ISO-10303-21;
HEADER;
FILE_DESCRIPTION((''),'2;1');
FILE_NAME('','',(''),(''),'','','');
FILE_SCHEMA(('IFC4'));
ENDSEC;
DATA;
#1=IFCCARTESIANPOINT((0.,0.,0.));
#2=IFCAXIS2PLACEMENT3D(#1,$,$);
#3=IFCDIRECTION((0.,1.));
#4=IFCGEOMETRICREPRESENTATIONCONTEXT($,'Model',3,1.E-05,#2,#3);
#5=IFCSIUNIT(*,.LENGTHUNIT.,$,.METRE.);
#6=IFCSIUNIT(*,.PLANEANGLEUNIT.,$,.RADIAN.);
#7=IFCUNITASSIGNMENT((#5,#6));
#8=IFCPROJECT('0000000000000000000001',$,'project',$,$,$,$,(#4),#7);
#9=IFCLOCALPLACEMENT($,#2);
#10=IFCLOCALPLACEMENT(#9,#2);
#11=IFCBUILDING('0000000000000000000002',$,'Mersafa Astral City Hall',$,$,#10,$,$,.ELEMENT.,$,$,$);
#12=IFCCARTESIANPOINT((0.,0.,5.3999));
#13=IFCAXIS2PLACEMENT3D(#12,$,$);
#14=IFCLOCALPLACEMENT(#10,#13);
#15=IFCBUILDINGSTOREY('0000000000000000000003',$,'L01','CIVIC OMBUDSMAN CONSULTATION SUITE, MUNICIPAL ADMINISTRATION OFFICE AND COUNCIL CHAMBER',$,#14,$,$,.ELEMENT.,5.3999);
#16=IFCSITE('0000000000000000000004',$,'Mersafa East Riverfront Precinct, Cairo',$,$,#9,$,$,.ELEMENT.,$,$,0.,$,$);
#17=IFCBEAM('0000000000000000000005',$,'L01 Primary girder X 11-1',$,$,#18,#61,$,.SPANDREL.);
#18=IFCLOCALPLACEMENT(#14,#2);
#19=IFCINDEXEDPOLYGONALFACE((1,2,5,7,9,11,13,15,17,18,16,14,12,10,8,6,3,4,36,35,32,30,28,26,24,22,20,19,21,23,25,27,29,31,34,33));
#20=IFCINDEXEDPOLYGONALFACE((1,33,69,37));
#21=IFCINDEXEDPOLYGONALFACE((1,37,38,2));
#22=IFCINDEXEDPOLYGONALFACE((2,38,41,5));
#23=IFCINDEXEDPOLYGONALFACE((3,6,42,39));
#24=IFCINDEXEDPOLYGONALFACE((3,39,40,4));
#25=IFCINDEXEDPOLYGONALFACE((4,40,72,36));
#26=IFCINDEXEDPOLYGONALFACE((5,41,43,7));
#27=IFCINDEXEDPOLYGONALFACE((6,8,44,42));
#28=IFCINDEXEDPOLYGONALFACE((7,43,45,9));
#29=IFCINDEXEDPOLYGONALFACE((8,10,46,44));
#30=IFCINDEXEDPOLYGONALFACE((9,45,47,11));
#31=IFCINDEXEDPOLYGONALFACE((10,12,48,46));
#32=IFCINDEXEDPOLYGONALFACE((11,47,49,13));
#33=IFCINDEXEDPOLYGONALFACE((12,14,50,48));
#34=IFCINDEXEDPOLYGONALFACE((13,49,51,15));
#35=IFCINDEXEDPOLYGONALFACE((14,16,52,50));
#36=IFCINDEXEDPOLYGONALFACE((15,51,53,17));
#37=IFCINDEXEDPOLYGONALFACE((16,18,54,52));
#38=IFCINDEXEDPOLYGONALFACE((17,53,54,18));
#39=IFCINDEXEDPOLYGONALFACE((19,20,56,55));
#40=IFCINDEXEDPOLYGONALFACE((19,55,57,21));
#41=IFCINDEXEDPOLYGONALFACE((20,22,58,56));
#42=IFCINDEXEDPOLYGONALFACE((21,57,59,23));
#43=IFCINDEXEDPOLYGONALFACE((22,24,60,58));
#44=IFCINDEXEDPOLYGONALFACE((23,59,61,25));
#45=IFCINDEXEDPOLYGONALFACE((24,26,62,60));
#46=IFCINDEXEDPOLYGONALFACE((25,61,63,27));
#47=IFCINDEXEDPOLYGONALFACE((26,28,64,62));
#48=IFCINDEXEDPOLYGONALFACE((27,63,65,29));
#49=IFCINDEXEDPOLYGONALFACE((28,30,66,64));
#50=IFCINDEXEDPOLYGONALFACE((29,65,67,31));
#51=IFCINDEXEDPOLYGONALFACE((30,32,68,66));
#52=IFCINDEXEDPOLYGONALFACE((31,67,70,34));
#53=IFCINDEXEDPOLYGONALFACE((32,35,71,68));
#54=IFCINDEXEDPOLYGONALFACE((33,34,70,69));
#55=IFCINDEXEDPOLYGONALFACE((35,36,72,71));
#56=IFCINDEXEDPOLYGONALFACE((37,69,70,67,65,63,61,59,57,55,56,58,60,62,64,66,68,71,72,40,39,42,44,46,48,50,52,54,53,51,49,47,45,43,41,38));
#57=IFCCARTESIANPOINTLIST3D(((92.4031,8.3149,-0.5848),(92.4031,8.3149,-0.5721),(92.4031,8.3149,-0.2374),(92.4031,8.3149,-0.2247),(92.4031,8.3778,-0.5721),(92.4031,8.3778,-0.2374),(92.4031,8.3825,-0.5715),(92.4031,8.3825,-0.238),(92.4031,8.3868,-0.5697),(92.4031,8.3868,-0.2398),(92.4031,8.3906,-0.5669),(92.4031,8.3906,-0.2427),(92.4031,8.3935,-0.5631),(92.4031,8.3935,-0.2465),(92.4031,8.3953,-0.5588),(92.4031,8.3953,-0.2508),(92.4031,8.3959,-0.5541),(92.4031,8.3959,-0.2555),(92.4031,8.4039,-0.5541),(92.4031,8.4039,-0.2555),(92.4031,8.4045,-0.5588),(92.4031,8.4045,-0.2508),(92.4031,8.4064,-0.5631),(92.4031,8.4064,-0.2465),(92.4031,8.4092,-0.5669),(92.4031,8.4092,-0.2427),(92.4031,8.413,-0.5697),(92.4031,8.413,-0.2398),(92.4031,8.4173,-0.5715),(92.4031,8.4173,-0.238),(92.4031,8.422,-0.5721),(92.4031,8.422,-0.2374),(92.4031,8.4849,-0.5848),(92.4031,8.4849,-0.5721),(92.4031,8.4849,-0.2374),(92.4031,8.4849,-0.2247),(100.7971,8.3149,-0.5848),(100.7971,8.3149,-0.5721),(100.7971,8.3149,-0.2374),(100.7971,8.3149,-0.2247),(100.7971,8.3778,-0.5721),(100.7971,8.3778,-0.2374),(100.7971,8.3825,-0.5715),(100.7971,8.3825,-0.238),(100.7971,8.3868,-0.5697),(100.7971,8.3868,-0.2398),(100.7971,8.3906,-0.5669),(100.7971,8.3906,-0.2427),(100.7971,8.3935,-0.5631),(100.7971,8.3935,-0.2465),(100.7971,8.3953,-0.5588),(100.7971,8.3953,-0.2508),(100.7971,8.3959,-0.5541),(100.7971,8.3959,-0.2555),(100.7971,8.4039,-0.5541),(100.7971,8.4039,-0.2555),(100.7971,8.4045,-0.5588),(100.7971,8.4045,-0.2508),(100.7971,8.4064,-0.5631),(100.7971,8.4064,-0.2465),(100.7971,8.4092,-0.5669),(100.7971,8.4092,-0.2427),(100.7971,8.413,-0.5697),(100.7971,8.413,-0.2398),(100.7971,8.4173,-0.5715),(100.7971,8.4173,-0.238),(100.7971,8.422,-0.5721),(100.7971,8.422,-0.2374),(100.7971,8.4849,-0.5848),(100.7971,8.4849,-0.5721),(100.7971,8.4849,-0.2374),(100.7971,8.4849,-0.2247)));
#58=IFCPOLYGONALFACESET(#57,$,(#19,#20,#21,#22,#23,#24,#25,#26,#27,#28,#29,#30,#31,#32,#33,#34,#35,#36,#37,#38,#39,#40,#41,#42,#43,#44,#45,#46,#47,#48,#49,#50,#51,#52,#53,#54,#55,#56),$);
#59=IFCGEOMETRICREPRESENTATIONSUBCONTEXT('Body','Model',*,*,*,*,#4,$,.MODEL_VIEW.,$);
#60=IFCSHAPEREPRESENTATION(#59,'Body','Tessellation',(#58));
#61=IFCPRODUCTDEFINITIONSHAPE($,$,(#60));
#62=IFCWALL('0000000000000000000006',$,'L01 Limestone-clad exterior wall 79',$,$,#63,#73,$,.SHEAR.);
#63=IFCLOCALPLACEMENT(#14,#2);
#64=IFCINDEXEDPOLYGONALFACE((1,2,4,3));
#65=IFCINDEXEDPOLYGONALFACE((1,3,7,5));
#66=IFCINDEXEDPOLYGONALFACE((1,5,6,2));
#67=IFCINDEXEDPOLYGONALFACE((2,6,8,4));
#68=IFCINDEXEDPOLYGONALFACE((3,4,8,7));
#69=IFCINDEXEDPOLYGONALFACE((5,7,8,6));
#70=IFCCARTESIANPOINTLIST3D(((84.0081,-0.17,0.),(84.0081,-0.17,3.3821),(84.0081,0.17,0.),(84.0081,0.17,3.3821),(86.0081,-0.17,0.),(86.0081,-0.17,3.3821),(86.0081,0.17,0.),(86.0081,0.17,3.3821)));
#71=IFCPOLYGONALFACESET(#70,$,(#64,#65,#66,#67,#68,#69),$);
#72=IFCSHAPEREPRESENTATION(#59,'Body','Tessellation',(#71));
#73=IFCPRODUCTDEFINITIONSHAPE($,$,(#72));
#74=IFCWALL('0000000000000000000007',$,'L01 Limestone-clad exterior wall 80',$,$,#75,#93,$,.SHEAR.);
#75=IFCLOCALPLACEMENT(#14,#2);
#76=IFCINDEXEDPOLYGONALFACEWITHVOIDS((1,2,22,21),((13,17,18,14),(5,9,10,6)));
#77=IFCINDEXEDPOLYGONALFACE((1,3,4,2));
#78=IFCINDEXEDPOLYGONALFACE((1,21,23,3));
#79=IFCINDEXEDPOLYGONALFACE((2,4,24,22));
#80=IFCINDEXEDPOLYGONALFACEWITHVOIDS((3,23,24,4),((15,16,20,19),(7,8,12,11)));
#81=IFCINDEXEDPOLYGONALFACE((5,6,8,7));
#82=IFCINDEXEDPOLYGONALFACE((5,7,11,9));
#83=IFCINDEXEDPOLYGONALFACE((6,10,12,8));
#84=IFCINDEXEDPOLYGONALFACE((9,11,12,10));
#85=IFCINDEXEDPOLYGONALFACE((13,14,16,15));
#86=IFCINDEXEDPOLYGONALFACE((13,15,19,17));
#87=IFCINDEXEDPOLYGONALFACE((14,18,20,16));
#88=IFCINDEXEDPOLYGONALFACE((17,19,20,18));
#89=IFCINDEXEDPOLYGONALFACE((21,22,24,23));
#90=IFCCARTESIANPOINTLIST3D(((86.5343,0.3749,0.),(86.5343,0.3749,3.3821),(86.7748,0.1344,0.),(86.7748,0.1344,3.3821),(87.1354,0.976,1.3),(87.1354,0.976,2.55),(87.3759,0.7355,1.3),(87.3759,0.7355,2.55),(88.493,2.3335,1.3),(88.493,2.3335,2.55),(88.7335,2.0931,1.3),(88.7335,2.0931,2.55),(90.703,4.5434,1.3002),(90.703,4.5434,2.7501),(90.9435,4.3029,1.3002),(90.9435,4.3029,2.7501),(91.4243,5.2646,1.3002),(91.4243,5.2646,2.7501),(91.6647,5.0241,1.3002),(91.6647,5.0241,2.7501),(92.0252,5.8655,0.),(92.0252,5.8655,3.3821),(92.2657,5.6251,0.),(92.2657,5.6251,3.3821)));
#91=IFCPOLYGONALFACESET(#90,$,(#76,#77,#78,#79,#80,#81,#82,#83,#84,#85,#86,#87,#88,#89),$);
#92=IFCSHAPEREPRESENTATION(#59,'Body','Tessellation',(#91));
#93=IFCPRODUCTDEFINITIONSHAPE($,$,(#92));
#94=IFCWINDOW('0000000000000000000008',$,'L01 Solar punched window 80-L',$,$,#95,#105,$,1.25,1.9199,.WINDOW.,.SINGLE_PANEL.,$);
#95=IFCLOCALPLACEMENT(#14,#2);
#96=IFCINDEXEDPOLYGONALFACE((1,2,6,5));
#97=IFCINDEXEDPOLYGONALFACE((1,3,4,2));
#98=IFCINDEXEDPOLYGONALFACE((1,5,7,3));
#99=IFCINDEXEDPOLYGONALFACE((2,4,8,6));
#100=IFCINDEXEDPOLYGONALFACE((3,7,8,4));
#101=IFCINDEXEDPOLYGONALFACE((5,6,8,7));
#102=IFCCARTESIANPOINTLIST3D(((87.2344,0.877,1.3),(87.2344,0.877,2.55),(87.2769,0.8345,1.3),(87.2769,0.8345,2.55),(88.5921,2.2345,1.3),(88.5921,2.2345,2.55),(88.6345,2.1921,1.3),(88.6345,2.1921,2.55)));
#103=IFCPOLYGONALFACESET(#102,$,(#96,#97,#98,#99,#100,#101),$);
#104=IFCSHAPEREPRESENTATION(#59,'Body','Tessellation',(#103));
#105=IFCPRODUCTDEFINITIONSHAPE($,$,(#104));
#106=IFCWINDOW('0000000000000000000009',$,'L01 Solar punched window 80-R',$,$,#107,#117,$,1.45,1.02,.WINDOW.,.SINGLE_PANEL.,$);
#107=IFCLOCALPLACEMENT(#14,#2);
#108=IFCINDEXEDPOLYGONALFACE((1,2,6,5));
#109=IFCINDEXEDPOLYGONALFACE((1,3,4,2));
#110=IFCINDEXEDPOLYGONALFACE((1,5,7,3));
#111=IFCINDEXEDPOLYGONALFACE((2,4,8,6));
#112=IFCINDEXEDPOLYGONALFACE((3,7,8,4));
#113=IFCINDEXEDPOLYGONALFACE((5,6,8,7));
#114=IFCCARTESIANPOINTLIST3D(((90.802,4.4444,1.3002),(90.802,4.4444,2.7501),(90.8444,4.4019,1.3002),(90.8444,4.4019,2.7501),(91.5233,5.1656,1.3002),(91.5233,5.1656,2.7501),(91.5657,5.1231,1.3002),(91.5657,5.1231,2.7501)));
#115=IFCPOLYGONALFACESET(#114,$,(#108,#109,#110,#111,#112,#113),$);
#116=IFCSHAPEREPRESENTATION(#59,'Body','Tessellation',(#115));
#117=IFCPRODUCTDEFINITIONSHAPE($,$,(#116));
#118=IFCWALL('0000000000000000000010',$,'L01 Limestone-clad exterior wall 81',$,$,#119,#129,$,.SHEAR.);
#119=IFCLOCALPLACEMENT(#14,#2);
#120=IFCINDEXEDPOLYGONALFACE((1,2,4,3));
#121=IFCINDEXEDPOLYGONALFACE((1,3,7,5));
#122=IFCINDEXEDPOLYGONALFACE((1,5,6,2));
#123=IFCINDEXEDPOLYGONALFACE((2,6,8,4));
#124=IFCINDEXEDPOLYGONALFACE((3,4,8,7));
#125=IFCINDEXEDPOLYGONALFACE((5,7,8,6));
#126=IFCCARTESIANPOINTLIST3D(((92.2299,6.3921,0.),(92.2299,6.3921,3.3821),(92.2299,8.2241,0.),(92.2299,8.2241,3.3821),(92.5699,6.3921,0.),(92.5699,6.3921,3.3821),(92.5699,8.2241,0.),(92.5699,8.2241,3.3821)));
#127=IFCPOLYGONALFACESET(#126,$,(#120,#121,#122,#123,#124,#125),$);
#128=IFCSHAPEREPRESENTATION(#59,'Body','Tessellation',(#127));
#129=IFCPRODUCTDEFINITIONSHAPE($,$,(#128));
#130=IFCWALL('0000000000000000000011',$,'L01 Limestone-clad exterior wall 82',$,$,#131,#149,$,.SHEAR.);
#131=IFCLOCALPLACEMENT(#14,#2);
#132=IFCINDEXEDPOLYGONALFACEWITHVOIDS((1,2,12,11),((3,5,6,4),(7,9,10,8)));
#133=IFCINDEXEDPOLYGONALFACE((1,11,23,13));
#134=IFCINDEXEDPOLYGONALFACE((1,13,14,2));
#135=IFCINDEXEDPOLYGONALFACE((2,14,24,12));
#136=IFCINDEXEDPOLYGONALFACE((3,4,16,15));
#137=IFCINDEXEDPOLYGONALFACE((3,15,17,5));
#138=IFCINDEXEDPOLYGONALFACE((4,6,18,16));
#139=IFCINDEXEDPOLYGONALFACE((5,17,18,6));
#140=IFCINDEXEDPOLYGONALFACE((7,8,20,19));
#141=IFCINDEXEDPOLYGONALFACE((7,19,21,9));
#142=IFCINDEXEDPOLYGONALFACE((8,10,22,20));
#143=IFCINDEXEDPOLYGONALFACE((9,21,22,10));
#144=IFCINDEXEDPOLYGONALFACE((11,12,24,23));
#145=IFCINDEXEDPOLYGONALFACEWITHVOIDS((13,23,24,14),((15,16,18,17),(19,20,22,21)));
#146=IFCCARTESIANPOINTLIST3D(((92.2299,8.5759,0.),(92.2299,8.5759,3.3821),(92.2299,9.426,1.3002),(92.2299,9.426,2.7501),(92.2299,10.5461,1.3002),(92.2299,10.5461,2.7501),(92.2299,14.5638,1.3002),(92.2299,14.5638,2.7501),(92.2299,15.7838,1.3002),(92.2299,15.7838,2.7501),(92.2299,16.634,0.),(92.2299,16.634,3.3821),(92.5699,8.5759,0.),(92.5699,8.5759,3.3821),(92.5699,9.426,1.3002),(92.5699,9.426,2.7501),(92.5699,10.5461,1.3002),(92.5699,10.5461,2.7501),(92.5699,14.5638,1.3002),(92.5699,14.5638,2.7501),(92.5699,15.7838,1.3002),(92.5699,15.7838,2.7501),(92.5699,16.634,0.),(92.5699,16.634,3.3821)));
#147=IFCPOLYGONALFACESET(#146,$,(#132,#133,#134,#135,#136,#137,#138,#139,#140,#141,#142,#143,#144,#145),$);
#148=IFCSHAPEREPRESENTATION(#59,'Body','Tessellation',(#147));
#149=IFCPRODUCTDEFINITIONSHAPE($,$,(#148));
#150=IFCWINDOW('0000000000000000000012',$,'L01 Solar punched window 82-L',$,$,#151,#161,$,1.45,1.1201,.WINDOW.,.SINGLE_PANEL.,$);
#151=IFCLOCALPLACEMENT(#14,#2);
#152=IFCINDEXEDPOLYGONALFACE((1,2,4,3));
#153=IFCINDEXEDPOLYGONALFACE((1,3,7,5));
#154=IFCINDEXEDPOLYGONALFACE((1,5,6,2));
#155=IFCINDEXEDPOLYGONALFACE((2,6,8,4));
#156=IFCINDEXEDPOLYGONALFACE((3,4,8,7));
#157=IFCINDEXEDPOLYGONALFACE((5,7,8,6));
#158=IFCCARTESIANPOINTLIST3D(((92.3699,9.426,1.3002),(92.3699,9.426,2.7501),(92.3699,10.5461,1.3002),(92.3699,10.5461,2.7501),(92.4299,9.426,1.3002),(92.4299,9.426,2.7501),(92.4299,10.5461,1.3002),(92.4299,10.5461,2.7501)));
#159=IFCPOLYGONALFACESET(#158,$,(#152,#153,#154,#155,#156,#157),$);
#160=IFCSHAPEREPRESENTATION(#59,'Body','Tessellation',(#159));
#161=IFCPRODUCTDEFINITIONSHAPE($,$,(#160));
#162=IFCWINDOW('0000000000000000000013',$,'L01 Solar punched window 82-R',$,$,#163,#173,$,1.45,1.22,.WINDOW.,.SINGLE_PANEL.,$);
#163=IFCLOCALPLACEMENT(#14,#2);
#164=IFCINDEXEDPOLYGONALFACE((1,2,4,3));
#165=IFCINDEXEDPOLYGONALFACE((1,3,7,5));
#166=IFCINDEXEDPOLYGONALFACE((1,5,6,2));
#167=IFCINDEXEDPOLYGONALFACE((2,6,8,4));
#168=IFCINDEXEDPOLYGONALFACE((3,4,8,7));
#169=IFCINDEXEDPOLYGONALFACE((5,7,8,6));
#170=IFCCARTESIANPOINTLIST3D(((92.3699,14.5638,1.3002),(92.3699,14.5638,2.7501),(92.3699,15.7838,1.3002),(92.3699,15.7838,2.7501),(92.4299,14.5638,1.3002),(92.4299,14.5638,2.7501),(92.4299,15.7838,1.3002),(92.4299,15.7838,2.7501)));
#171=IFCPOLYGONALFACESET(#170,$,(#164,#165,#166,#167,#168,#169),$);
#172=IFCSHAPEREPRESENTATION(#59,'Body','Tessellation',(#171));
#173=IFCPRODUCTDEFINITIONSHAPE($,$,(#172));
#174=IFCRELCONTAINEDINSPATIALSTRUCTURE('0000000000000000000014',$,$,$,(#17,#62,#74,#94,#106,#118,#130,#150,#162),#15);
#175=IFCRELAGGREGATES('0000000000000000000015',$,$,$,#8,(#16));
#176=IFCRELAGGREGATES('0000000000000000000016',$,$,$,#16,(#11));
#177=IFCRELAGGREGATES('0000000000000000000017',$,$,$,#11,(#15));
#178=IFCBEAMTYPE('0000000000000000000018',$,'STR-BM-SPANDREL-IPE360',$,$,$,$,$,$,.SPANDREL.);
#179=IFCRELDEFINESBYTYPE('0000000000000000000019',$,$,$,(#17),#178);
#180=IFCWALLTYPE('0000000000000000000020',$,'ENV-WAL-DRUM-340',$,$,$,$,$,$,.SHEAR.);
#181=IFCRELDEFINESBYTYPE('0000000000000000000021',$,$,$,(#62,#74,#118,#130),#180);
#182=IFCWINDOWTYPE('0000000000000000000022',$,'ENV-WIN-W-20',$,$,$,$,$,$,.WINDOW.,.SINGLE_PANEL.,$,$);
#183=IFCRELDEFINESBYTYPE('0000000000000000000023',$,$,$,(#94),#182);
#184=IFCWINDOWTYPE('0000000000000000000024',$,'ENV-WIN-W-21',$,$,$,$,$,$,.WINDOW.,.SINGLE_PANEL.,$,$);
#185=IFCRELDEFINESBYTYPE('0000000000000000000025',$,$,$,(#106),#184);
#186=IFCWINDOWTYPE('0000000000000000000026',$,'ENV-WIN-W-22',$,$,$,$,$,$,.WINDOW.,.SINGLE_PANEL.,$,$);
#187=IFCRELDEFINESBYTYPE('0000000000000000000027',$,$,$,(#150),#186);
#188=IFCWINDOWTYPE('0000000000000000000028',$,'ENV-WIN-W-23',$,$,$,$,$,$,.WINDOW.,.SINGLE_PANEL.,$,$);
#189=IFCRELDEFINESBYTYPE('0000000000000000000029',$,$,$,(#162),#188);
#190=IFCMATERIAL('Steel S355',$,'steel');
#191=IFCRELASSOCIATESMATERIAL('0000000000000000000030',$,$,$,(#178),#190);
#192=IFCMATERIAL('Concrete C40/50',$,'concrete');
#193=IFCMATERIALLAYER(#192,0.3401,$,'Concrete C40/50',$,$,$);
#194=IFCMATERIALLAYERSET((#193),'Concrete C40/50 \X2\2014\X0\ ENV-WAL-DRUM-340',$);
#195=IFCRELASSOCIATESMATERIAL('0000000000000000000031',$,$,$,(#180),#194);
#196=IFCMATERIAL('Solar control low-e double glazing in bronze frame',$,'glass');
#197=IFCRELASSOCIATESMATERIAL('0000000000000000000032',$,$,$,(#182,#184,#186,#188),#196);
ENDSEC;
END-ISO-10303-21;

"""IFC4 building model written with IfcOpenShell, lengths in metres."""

from ifc_helpers import new_model, si_unit, direction, frame, frame_2d, origin, origin_2d, place, context, subcontext, project, spatial, rectangle, i_section, extrude, material, layer, layer_set, material_profile, profile_set, type_object, element, fill, save


model = new_model("IFC4")

# Units and contexts
model_context = context("Model", 3, precision=1e-05, world=origin(), true_north=direction((0.0, 1.0)))
body_context = subcontext(model_context, "Body", "Model", "MODEL_VIEW")
ifc_project = project(units=[si_unit("LENGTHUNIT", "METRE"), si_unit("PLANEANGLEUNIT", "RADIAN")], contexts=[model_context])

# Site, building, storey
site_placement = place(None, origin())
site = spatial("IfcSite", under=ifc_project, at=site_placement, Name="Mersafa East Riverfront Precinct, Cairo", CompositionType="ELEMENT", RefElevation=0.0)
building_placement = place(site_placement, origin())
building = spatial("IfcBuilding", under=site, at=building_placement, Name="Mersafa Astral City Hall", CompositionType="ELEMENT")
storey_placement = place(building_placement, frame((0.0, 0.0, 5.3999)))
storey = spatial("IfcBuildingStorey", under=building, at=storey_placement, Name="L01", Description="CIVIC OMBUDSMAN CONSULTATION SUITE, MUNICIPAL ADMINISTRATION OFFICE AND COUNCIL CHAMBER", CompositionType="ELEMENT", Elevation=5.3999)

# Shared definitions
ifc_material_1 = material(Name="Steel S355", Category="steel")
ifc_material_2 = material(Name="Concrete C40/50", Category="concrete")

# Beam
ifc_material_profile_1 = material_profile(ifc_material_1, i_section(OverallWidth=0.1699, OverallDepth=0.3601, WebThickness=0.0081, FlangeThickness=0.0127, FilletRadius=0.0181, at=origin_2d()), Name="IPE 360")
ifc_profile_set_1 = profile_set([ifc_material_profile_1], Name="Steel S355")
beam_type_1 = type_object("IfcBeamType", Name="STR-BM-SPANDREL-IPE360", PredefinedType="SPANDREL", material=ifc_profile_set_1)
beam_1_placement = place(storey_placement, frame((92.4031, 8.3999, -0.4048), z_axis=(1.0, 0.0, 0.0), x_axis=(0.0, 1.0, 0.0)))
element("IfcBeam", 1, at=beam_1_placement, inside=storey, type_object=beam_type_1, Name="L01 Primary girder X 11-1", PredefinedType="SPANDREL", context=body_context, shape_type="SweptSolid", body=[
    extrude(i_section(OverallWidth=0.1699, OverallDepth=0.3601, WebThickness=0.0081, FlangeThickness=0.0127, FilletRadius=0.0181, at=origin_2d()), origin(), (0.0, 0.0, 1.0), 8.394),
])

# Wall
ifc_layer_1 = layer(ifc_material_2, 0.3401, Name="Concrete C40/50")
ifc_layer_set_1 = layer_set([ifc_layer_1], Name="Concrete C40/50 — ENV-WAL-DRUM-340")
wall_type_1 = type_object("IfcWallType", Name="ENV-WAL-DRUM-340", PredefinedType="SHEAR", material=ifc_layer_set_1)
wall_1_placement = place(storey_placement, frame((84.0081, 0.0, 0.0), z_axis=(0.0, 0.0, 1.0), x_axis=(1.0, 0.0, 0.0)))
element("IfcWall", 2, at=wall_1_placement, inside=storey, type_object=wall_type_1, Name="L01 Limestone-clad exterior wall 79", PredefinedType="SHEAR", context=body_context, shape_type="SweptSolid", body=[
    extrude(rectangle(XDim=2.0, YDim=0.3401, at=frame_2d((1.0, 0.0))), origin(), (0.0, 0.0, 1.0), 3.3821),
])

# Wall, openings, windows
wall_2_placement = place(storey_placement, frame((86.6545, 0.2546, 0.0), z_axis=(0.0, 0.0, 1.0), x_axis=(0.707123, 0.707091, 0.0)))
wall_2 = element("IfcWall", 3, at=wall_2_placement, inside=storey, type_object=wall_type_1, Name="L01 Limestone-clad exterior wall 80", PredefinedType="SHEAR", context=body_context, shape_type="SweptSolid", body=[
    extrude(rectangle(XDim=7.7651, YDim=0.3401, at=frame_2d((3.8826, 0.0))), origin(), (0.0, 0.0, 1.0), 3.3821),
])
opening_1_placement = place(wall_2_placement, frame((0.8501, 0.0, 1.3)))
opening_1 = element("IfcOpeningElement", 4, at=opening_1_placement, cuts=wall_2, PredefinedType="OPENING", context=body_context, shape_type="SweptSolid", body=[
    extrude(rectangle(XDim=1.9199, YDim=1.25, at=frame_2d((0.96, 0.625))), frame((0.0, 0.1799, 0.0), z_axis=(0.0, -1.0, 0.0), x_axis=(1.0, 0.0, 0.0)), (0.0, 0.0, 1.0), 0.3601),
])
opening_2_placement = place(wall_2_placement, frame((5.8953, 0.0, 1.3)))
opening_2 = element("IfcOpeningElement", 5, at=opening_2_placement, cuts=wall_2, PredefinedType="OPENING", context=body_context, shape_type="SweptSolid", body=[
    extrude(rectangle(XDim=1.02, YDim=1.45, at=frame_2d((0.51, 0.7251))), frame((0.0, 0.1799, 0.0), z_axis=(0.0, -1.0, 0.0), x_axis=(1.0, 0.0, 0.0)), (0.0, 0.0, 1.0), 0.3601),
])
ifc_material_3 = material(Name="Solar control low-e double glazing in bronze frame", Category="glass")
window_type_1 = type_object("IfcWindowType", Name="ENV-WIN-W-20", PartitioningType="SINGLE_PANEL", PredefinedType="WINDOW", material=ifc_material_3)
window_1_placement = place(opening_1_placement, origin())
window_1 = element("IfcWindow", 6, at=window_1_placement, inside=storey, type_object=window_type_1, Name="L01 Solar punched window 80-L", OverallHeight=1.25, OverallWidth=1.9199, PartitioningType="SINGLE_PANEL", PredefinedType="WINDOW", context=body_context, shape_type="SweptSolid", body=[
    extrude(rectangle(XDim=1.9199, YDim=1.25, at=frame_2d((0.96, 0.625))), frame((0.0, 0.03, 0.0), z_axis=(0.0, -1.0, 0.0), x_axis=(1.0, 0.0, 0.0)), (0.0, 0.0, 1.0), 0.0601),
])
fill(opening_1, window_1)
window_type_2 = type_object("IfcWindowType", Name="ENV-WIN-W-21", PartitioningType="SINGLE_PANEL", PredefinedType="WINDOW", material=ifc_material_3)
window_2_placement = place(opening_2_placement, origin())
window_2 = element("IfcWindow", 7, at=window_2_placement, inside=storey, type_object=window_type_2, Name="L01 Solar punched window 80-R", OverallHeight=1.45, OverallWidth=1.02, PartitioningType="SINGLE_PANEL", PredefinedType="WINDOW", context=body_context, shape_type="SweptSolid", body=[
    extrude(rectangle(XDim=1.02, YDim=1.45, at=frame_2d((0.51, 0.7251))), frame((0.0, 0.03, 0.0), z_axis=(0.0, -1.0, 0.0), x_axis=(1.0, 0.0, 0.0)), (0.0, 0.0, 1.0), 0.0601),
])
fill(opening_2, window_2)

# Wall
wall_3_placement = place(storey_placement, frame((92.3999, 6.3921, 0.0), z_axis=(0.0, 0.0, 1.0), x_axis=(0.0, 1.0, 0.0)))
element("IfcWall", 8, at=wall_3_placement, inside=storey, type_object=wall_type_1, Name="L01 Limestone-clad exterior wall 81", PredefinedType="SHEAR", context=body_context, shape_type="SweptSolid", body=[
    extrude(rectangle(XDim=1.832, YDim=0.3401, at=frame_2d((0.916, 0.0))), origin(), (0.0, 0.0, 1.0), 3.3821),
])

# Wall, openings, windows
wall_4_placement = place(storey_placement, frame((92.3999, 8.5759, 0.0), z_axis=(0.0, 0.0, 1.0), x_axis=(0.0, 1.0, 0.0)))
wall_4 = element("IfcWall", 9, at=wall_4_placement, inside=storey, type_object=wall_type_1, Name="L01 Limestone-clad exterior wall 82", PredefinedType="SHEAR", context=body_context, shape_type="SweptSolid", body=[
    extrude(rectangle(XDim=8.0581, YDim=0.3401, at=frame_2d((4.0291, 0.0))), origin(), (0.0, 0.0, 1.0), 3.3821),
])
opening_3_placement = place(wall_4_placement, frame((0.8501, 0.0, 1.3)))
opening_3 = element("IfcOpeningElement", 10, at=opening_3_placement, cuts=wall_4, PredefinedType="OPENING", context=body_context, shape_type="SweptSolid", body=[
    extrude(rectangle(XDim=1.1201, YDim=1.45, at=frame_2d((0.5601, 0.7251))), frame((0.0, 0.1799, 0.0), z_axis=(0.0, -1.0, 0.0), x_axis=(1.0, 0.0, 0.0)), (0.0, 0.0, 1.0), 0.3601),
])
opening_4_placement = place(wall_4_placement, frame((5.988, 0.0, 1.3)))
opening_4 = element("IfcOpeningElement", 11, at=opening_4_placement, cuts=wall_4, PredefinedType="OPENING", context=body_context, shape_type="SweptSolid", body=[
    extrude(rectangle(XDim=1.22, YDim=1.45, at=frame_2d((0.6099, 0.7251))), frame((0.0, 0.1799, 0.0), z_axis=(0.0, -1.0, 0.0), x_axis=(1.0, 0.0, 0.0)), (0.0, 0.0, 1.0), 0.3601),
])
window_type_3 = type_object("IfcWindowType", Name="ENV-WIN-W-22", PartitioningType="SINGLE_PANEL", PredefinedType="WINDOW", material=ifc_material_3)
window_3_placement = place(opening_3_placement, origin())
window_3 = element("IfcWindow", 12, at=window_3_placement, inside=storey, type_object=window_type_3, Name="L01 Solar punched window 82-L", OverallHeight=1.45, OverallWidth=1.1201, PartitioningType="SINGLE_PANEL", PredefinedType="WINDOW", context=body_context, shape_type="SweptSolid", body=[
    extrude(rectangle(XDim=1.1201, YDim=1.45, at=frame_2d((0.5601, 0.7251))), frame((0.0, 0.03, 0.0), z_axis=(0.0, -1.0, 0.0), x_axis=(1.0, 0.0, 0.0)), (0.0, 0.0, 1.0), 0.0601),
])
fill(opening_3, window_3)
window_type_4 = type_object("IfcWindowType", Name="ENV-WIN-W-23", PartitioningType="SINGLE_PANEL", PredefinedType="WINDOW", material=ifc_material_3)
window_4_placement = place(opening_4_placement, origin())
window_4 = element("IfcWindow", 13, at=window_4_placement, inside=storey, type_object=window_type_4, Name="L01 Solar punched window 82-R", OverallHeight=1.45, OverallWidth=1.22, PartitioningType="SINGLE_PANEL", PredefinedType="WINDOW", context=body_context, shape_type="SweptSolid", body=[
    extrude(rectangle(XDim=1.22, YDim=1.45, at=frame_2d((0.6099, 0.7251))), frame((0.0, 0.03, 0.0), z_axis=(0.0, -1.0, 0.0), x_axis=(1.0, 0.0, 0.0)), (0.0, 0.0, 1.0), 0.0601),
])
fill(opening_4, window_4)

save(model, "model.ifc")
